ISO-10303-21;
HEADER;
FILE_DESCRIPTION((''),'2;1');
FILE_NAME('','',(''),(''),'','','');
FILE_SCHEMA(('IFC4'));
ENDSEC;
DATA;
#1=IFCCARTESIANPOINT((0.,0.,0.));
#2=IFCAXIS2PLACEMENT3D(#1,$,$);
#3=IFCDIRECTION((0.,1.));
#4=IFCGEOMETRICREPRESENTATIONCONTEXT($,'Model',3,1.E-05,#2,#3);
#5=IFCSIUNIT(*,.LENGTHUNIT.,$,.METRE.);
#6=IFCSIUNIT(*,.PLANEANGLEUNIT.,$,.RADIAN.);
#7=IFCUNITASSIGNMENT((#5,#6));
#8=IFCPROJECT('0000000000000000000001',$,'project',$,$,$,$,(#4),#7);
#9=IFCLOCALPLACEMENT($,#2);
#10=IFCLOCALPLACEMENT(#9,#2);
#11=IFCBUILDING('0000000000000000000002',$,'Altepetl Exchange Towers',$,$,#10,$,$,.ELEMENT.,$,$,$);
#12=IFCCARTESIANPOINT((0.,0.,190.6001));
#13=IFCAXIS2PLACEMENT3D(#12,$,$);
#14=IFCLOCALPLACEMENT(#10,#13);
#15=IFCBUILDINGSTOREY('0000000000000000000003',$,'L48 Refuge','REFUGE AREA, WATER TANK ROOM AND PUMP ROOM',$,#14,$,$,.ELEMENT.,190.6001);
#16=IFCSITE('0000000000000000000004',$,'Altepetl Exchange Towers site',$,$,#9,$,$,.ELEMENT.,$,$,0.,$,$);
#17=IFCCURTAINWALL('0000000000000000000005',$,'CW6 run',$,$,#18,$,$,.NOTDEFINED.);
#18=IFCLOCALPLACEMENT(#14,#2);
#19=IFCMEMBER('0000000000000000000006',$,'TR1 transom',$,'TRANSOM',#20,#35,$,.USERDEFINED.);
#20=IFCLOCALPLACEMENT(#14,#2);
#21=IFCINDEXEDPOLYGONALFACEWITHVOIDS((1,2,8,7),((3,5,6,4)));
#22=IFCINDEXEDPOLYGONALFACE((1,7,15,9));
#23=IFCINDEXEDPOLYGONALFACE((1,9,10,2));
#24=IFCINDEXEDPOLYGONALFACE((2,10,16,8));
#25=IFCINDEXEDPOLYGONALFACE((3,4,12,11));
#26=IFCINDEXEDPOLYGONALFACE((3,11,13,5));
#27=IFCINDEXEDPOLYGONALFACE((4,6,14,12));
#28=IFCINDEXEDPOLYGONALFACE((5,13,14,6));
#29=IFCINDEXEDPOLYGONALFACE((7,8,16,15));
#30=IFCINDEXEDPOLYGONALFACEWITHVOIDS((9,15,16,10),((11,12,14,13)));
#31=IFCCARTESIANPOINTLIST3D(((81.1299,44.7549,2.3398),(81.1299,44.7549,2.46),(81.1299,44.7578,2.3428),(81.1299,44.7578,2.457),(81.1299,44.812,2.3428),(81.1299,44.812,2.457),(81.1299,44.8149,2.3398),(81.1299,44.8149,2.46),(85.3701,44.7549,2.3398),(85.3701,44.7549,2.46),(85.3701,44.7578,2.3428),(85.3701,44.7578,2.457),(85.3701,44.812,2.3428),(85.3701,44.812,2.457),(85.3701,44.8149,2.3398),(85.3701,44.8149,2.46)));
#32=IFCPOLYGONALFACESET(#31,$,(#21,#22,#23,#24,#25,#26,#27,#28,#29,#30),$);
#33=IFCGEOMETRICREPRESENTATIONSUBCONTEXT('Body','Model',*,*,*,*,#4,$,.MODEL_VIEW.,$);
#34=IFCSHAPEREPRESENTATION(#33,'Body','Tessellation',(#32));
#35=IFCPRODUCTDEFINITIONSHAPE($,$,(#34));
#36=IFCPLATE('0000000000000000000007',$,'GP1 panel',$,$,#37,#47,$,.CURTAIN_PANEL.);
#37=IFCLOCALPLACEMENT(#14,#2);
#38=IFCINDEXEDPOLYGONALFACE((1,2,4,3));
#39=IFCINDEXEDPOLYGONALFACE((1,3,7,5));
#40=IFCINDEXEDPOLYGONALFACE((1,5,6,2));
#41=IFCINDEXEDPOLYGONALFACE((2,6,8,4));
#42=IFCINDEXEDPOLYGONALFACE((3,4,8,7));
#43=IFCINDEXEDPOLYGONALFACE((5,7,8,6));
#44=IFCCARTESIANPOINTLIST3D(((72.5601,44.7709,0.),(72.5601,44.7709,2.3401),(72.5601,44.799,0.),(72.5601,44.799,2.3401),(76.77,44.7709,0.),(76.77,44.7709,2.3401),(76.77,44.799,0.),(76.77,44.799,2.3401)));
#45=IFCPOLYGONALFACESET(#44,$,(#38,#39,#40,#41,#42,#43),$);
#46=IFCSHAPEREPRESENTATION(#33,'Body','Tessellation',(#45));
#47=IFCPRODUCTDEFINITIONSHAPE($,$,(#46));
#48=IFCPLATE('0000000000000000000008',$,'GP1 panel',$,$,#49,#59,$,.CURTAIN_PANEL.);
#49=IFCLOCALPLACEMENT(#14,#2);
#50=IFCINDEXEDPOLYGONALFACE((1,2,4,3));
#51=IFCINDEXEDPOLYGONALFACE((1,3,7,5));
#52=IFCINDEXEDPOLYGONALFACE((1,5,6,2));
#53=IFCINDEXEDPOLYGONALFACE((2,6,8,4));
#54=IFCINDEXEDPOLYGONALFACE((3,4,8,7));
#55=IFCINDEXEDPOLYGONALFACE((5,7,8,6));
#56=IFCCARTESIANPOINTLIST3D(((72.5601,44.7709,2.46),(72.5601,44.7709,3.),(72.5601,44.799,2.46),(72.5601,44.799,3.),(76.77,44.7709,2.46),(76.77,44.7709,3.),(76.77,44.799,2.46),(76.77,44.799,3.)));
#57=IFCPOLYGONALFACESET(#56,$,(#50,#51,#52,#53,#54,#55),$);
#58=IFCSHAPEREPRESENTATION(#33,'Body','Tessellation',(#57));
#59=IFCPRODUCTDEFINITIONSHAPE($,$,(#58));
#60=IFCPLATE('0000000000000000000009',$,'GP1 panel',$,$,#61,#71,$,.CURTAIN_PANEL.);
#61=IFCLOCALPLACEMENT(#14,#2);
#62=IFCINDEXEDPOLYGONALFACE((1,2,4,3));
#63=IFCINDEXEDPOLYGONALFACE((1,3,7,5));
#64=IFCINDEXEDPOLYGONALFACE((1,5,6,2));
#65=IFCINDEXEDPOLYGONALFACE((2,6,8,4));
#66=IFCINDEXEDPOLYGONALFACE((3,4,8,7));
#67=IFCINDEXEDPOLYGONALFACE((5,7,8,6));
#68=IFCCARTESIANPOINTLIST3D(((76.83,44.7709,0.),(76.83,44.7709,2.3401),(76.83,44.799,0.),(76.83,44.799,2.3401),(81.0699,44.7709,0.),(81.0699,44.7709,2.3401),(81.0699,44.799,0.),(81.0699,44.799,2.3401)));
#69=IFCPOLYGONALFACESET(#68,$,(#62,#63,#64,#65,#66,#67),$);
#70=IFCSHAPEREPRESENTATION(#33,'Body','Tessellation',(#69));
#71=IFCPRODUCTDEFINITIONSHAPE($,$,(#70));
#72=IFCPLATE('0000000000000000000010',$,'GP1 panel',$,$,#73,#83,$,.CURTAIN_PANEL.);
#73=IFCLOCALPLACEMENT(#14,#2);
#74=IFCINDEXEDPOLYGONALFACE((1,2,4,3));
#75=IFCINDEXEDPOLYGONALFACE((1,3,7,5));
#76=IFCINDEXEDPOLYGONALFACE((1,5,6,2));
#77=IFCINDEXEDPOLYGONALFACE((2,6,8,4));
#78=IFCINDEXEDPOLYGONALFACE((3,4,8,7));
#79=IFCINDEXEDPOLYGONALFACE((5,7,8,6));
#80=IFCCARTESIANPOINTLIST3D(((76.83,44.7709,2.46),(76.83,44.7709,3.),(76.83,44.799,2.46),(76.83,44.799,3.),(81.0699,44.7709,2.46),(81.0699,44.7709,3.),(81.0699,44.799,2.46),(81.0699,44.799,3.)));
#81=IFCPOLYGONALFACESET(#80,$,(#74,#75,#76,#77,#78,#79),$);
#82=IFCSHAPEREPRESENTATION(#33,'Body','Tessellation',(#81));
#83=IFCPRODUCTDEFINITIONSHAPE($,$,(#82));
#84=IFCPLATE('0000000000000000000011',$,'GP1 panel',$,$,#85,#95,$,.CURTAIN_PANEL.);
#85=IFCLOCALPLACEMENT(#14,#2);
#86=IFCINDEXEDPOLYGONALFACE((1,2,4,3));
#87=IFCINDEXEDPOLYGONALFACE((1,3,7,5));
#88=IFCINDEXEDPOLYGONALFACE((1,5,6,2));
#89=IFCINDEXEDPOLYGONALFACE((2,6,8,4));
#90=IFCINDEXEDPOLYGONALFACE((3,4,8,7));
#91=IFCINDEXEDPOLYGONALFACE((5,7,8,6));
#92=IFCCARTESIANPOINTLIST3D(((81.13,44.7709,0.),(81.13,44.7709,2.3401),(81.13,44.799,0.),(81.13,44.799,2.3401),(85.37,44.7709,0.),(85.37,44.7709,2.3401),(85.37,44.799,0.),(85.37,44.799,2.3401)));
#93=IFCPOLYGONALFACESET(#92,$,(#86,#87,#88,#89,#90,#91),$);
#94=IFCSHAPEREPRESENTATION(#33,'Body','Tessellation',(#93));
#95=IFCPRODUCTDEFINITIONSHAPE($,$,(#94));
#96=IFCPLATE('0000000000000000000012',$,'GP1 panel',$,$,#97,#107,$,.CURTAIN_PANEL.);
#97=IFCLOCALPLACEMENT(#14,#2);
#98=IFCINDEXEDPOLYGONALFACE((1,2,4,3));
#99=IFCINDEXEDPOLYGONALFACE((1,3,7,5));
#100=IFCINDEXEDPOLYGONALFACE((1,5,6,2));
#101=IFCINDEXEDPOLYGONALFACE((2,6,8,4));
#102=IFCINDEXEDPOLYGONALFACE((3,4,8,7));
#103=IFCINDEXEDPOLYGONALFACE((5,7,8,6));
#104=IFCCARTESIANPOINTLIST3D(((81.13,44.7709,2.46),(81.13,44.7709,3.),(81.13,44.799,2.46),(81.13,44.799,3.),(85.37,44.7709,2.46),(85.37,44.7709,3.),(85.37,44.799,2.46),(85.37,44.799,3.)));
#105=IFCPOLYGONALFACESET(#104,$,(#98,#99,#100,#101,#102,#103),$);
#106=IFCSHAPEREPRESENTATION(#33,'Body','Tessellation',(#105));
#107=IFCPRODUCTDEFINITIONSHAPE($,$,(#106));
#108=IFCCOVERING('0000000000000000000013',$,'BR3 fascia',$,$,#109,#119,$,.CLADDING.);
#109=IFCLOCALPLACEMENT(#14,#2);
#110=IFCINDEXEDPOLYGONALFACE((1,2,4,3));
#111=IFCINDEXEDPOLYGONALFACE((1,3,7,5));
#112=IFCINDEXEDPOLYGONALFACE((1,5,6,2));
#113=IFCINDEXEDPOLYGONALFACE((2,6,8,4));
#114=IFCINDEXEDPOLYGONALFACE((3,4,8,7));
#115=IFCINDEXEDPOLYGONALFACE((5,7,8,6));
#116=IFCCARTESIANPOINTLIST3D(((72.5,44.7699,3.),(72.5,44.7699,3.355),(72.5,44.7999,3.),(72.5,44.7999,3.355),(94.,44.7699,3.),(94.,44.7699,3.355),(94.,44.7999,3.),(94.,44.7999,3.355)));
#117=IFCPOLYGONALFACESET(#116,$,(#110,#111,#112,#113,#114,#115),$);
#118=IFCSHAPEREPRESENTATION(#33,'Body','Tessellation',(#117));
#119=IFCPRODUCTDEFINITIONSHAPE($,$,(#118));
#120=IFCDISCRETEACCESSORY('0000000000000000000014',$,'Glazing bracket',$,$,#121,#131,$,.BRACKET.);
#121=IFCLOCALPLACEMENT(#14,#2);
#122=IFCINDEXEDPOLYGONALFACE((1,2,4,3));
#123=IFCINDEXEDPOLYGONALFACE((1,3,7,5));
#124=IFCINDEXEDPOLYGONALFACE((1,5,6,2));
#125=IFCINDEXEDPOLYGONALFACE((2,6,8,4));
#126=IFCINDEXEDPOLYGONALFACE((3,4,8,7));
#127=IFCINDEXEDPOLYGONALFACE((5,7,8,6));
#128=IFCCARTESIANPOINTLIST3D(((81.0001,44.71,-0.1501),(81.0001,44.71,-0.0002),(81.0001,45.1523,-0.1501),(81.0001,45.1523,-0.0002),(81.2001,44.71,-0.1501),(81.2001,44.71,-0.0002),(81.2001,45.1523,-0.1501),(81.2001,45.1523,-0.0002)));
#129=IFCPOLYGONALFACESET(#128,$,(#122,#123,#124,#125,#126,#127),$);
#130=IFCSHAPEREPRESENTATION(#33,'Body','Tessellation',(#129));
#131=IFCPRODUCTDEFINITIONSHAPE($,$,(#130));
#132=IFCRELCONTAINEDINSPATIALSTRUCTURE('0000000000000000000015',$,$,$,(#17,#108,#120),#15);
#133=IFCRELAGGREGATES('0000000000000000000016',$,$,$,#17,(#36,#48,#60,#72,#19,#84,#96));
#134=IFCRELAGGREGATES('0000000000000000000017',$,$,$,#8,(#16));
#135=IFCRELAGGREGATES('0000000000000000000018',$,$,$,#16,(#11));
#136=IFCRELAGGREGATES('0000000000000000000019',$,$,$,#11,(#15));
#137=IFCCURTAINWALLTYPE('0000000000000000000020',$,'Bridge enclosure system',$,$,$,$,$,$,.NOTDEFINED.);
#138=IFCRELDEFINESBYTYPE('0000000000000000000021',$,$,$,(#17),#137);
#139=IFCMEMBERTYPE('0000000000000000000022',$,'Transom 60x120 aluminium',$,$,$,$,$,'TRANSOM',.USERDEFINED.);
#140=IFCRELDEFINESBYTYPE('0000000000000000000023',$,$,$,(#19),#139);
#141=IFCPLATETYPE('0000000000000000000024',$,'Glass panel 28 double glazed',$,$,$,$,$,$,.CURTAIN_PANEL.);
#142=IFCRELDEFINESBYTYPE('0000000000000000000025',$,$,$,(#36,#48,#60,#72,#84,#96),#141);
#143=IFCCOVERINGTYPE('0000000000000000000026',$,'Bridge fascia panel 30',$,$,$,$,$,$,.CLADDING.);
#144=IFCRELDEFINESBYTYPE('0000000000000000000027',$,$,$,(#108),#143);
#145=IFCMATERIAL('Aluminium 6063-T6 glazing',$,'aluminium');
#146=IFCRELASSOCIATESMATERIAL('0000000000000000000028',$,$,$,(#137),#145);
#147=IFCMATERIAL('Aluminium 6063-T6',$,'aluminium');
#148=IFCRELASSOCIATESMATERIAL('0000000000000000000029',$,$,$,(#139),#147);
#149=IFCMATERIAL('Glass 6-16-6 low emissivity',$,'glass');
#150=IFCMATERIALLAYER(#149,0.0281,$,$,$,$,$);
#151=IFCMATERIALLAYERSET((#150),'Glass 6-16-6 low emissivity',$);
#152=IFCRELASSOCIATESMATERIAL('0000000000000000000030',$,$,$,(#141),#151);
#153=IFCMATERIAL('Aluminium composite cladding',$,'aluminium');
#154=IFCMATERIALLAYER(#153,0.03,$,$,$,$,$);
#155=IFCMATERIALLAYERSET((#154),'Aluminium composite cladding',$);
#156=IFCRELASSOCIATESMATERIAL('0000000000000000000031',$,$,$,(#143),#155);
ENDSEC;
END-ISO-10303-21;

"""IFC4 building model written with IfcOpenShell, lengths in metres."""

from ifc_helpers import new_model, si_unit, direction, frame, origin, origin_2d, place, context, subcontext, project, spatial, rectangle, hollow_rectangle, extrude, material, layer, layer_set, material_profile, profile_set, type_object, element, aggregate, save


model = new_model("IFC4")

# Units and contexts
model_context = context("Model", 3, precision=1e-05, world=origin(), true_north=direction((0.0, 1.0)))
body_context = subcontext(model_context, "Body", "Model", "MODEL_VIEW")
ifc_project = project(units=[si_unit("LENGTHUNIT", "METRE"), si_unit("PLANEANGLEUNIT", "RADIAN")], contexts=[model_context])

# Site, building, storey
site_placement = place(None, origin())
site = spatial("IfcSite", under=ifc_project, at=site_placement, Name="Altepetl Exchange Towers site", CompositionType="ELEMENT", RefElevation=0.0)
building_placement = place(site_placement, origin())
building = spatial("IfcBuilding", under=site, at=building_placement, Name="Altepetl Exchange Towers", CompositionType="ELEMENT")
storey_placement = place(building_placement, frame((0.0, 0.0, 190.6001)))
storey = spatial("IfcBuildingStorey", under=building, at=storey_placement, Name="L48 Refuge", Description="REFUGE AREA, WATER TANK ROOM AND PUMP ROOM", CompositionType="ELEMENT", Elevation=190.6001)

# Curtain wall
ifc_material_1 = material(Name="Aluminium 6063-T6 glazing", Category="aluminium")
curtain_wall_type = type_object("IfcCurtainWallType", Name="Bridge enclosure system", PredefinedType="NOTDEFINED", material=ifc_material_1)
curtain_wall_placement = place(storey_placement, origin())
curtain_wall = element("IfcCurtainWall", 1, at=curtain_wall_placement, inside=storey, type_object=curtain_wall_type, Name="CW6 run", PredefinedType="NOTDEFINED")
ifc_material_2 = material(Name="Aluminium 6063-T6", Category="aluminium")

# Member
ifc_material_profile_1 = material_profile(ifc_material_2, hollow_rectangle(XDim=0.0601, YDim=0.1201, WallThickness=0.0029, at=origin_2d()), Name="Transom 60x120 aluminium")
ifc_profile_set_1 = profile_set([ifc_material_profile_1], Name="Aluminium 6063-T6")
member_type_1 = type_object("IfcMemberType", Name="Transom 60x120 aluminium", ElementType="TRANSOM", PredefinedType="USERDEFINED", material=ifc_profile_set_1)
member_1_placement = place(storey_placement, frame((81.1299, 44.7849, 2.3999), z_axis=(1.0, 0.0, 0.0), x_axis=(0.0, 1.0, 0.0)))
member_1 = element("IfcMember", 2, at=member_1_placement, type_object=member_type_1, Name="TR1 transom", ObjectType="TRANSOM", PredefinedType="USERDEFINED", context=body_context, shape_type="SweptSolid", body=[
    extrude(hollow_rectangle(XDim=0.0601, YDim=0.1201, WallThickness=0.0029, at=origin_2d()), origin(), (0.0, 0.0, 1.0), 4.2402),
])

# Plates
ifc_material_3 = material(Name="Glass 6-16-6 low emissivity", Category="glass")
ifc_layer_1 = layer(ifc_material_3, 0.0281)
ifc_layer_set_1 = layer_set([ifc_layer_1], Name="Glass 6-16-6 low emissivity")
plate_type = type_object("IfcPlateType", Name="Glass panel 28 double glazed", PredefinedType="CURTAIN_PANEL", material=ifc_layer_set_1)
plate_1_placement = place(storey_placement, frame((74.665, 44.7849, 0.0)))
plate_1 = element("IfcPlate", 3, at=plate_1_placement, type_object=plate_type, Name="GP1 panel", PredefinedType="CURTAIN_PANEL", context=body_context, shape_type="SweptSolid", body=[
    extrude(rectangle(XDim=4.21, YDim=0.0281, at=origin_2d()), origin(), (0.0, 0.0, 1.0), 2.3401),
])
plate_2_placement = place(storey_placement, frame((74.665, 44.7849, 2.46)))
plate_2 = element("IfcPlate", 4, at=plate_2_placement, type_object=plate_type, Name="GP1 panel", PredefinedType="CURTAIN_PANEL", context=body_context, shape_type="SweptSolid", body=[
    extrude(rectangle(XDim=4.21, YDim=0.0281, at=origin_2d()), origin(), (0.0, 0.0, 1.0), 0.54),
])
plate_3_placement = place(storey_placement, frame((78.95, 44.7849, 0.0)))
plate_3 = element("IfcPlate", 5, at=plate_3_placement, type_object=plate_type, Name="GP1 panel", PredefinedType="CURTAIN_PANEL", context=body_context, shape_type="SweptSolid", body=[
    extrude(rectangle(XDim=4.24, YDim=0.0281, at=origin_2d()), origin(), (0.0, 0.0, 1.0), 2.3401),
])
plate_4_placement = place(storey_placement, frame((78.95, 44.7849, 2.46)))
plate_4 = element("IfcPlate", 6, at=plate_4_placement, type_object=plate_type, Name="GP1 panel", PredefinedType="CURTAIN_PANEL", context=body_context, shape_type="SweptSolid", body=[
    extrude(rectangle(XDim=4.24, YDim=0.0281, at=origin_2d()), origin(), (0.0, 0.0, 1.0), 0.54),
])
plate_5_placement = place(storey_placement, frame((83.25, 44.7849, 0.0)))
plate_5 = element("IfcPlate", 7, at=plate_5_placement, type_object=plate_type, Name="GP1 panel", PredefinedType="CURTAIN_PANEL", context=body_context, shape_type="SweptSolid", body=[
    extrude(rectangle(XDim=4.24, YDim=0.0281, at=origin_2d()), origin(), (0.0, 0.0, 1.0), 2.3401),
])
plate_6_placement = place(storey_placement, frame((83.25, 44.7849, 2.46)))
plate_6 = element("IfcPlate", 8, at=plate_6_placement, type_object=plate_type, Name="GP1 panel", PredefinedType="CURTAIN_PANEL", context=body_context, shape_type="SweptSolid", body=[
    extrude(rectangle(XDim=4.24, YDim=0.0281, at=origin_2d()), origin(), (0.0, 0.0, 1.0), 0.54),
])
aggregate(curtain_wall, [plate_1, plate_2, plate_3, plate_4, member_1, plate_5, plate_6])

# Covering
ifc_material_4 = material(Name="Aluminium composite cladding", Category="aluminium")
ifc_layer_2 = layer(ifc_material_4, 0.03)
ifc_layer_set_2 = layer_set([ifc_layer_2], Name="Aluminium composite cladding")
covering_type = type_object("IfcCoveringType", Name="Bridge fascia panel 30", PredefinedType="CLADDING", material=ifc_layer_set_2)
covering_placement = place(storey_placement, frame((83.25, 44.7849, 3.0)))
element("IfcCovering", 9, at=covering_placement, inside=storey, type_object=covering_type, Name="BR3 fascia", PredefinedType="CLADDING", context=body_context, shape_type="SweptSolid", body=[
    extrude(rectangle(XDim=21.5, YDim=0.03, at=origin_2d()), origin(), (0.0, 0.0, 1.0), 0.355),
])

# Discrete accessory
discrete_accessory_placement = place(storey_placement, frame((81.1001, 44.9312, -0.1501)))
element("IfcDiscreteAccessory", 10, at=discrete_accessory_placement, inside=storey, Name="Glazing bracket", PredefinedType="BRACKET", context=body_context, shape_type="SweptSolid", body=[
    extrude(rectangle(XDim=0.2, YDim=0.4424, at=origin_2d()), origin(), (0.0, 0.0, 1.0), 0.1499),
])

save(model, "model.ifc")
